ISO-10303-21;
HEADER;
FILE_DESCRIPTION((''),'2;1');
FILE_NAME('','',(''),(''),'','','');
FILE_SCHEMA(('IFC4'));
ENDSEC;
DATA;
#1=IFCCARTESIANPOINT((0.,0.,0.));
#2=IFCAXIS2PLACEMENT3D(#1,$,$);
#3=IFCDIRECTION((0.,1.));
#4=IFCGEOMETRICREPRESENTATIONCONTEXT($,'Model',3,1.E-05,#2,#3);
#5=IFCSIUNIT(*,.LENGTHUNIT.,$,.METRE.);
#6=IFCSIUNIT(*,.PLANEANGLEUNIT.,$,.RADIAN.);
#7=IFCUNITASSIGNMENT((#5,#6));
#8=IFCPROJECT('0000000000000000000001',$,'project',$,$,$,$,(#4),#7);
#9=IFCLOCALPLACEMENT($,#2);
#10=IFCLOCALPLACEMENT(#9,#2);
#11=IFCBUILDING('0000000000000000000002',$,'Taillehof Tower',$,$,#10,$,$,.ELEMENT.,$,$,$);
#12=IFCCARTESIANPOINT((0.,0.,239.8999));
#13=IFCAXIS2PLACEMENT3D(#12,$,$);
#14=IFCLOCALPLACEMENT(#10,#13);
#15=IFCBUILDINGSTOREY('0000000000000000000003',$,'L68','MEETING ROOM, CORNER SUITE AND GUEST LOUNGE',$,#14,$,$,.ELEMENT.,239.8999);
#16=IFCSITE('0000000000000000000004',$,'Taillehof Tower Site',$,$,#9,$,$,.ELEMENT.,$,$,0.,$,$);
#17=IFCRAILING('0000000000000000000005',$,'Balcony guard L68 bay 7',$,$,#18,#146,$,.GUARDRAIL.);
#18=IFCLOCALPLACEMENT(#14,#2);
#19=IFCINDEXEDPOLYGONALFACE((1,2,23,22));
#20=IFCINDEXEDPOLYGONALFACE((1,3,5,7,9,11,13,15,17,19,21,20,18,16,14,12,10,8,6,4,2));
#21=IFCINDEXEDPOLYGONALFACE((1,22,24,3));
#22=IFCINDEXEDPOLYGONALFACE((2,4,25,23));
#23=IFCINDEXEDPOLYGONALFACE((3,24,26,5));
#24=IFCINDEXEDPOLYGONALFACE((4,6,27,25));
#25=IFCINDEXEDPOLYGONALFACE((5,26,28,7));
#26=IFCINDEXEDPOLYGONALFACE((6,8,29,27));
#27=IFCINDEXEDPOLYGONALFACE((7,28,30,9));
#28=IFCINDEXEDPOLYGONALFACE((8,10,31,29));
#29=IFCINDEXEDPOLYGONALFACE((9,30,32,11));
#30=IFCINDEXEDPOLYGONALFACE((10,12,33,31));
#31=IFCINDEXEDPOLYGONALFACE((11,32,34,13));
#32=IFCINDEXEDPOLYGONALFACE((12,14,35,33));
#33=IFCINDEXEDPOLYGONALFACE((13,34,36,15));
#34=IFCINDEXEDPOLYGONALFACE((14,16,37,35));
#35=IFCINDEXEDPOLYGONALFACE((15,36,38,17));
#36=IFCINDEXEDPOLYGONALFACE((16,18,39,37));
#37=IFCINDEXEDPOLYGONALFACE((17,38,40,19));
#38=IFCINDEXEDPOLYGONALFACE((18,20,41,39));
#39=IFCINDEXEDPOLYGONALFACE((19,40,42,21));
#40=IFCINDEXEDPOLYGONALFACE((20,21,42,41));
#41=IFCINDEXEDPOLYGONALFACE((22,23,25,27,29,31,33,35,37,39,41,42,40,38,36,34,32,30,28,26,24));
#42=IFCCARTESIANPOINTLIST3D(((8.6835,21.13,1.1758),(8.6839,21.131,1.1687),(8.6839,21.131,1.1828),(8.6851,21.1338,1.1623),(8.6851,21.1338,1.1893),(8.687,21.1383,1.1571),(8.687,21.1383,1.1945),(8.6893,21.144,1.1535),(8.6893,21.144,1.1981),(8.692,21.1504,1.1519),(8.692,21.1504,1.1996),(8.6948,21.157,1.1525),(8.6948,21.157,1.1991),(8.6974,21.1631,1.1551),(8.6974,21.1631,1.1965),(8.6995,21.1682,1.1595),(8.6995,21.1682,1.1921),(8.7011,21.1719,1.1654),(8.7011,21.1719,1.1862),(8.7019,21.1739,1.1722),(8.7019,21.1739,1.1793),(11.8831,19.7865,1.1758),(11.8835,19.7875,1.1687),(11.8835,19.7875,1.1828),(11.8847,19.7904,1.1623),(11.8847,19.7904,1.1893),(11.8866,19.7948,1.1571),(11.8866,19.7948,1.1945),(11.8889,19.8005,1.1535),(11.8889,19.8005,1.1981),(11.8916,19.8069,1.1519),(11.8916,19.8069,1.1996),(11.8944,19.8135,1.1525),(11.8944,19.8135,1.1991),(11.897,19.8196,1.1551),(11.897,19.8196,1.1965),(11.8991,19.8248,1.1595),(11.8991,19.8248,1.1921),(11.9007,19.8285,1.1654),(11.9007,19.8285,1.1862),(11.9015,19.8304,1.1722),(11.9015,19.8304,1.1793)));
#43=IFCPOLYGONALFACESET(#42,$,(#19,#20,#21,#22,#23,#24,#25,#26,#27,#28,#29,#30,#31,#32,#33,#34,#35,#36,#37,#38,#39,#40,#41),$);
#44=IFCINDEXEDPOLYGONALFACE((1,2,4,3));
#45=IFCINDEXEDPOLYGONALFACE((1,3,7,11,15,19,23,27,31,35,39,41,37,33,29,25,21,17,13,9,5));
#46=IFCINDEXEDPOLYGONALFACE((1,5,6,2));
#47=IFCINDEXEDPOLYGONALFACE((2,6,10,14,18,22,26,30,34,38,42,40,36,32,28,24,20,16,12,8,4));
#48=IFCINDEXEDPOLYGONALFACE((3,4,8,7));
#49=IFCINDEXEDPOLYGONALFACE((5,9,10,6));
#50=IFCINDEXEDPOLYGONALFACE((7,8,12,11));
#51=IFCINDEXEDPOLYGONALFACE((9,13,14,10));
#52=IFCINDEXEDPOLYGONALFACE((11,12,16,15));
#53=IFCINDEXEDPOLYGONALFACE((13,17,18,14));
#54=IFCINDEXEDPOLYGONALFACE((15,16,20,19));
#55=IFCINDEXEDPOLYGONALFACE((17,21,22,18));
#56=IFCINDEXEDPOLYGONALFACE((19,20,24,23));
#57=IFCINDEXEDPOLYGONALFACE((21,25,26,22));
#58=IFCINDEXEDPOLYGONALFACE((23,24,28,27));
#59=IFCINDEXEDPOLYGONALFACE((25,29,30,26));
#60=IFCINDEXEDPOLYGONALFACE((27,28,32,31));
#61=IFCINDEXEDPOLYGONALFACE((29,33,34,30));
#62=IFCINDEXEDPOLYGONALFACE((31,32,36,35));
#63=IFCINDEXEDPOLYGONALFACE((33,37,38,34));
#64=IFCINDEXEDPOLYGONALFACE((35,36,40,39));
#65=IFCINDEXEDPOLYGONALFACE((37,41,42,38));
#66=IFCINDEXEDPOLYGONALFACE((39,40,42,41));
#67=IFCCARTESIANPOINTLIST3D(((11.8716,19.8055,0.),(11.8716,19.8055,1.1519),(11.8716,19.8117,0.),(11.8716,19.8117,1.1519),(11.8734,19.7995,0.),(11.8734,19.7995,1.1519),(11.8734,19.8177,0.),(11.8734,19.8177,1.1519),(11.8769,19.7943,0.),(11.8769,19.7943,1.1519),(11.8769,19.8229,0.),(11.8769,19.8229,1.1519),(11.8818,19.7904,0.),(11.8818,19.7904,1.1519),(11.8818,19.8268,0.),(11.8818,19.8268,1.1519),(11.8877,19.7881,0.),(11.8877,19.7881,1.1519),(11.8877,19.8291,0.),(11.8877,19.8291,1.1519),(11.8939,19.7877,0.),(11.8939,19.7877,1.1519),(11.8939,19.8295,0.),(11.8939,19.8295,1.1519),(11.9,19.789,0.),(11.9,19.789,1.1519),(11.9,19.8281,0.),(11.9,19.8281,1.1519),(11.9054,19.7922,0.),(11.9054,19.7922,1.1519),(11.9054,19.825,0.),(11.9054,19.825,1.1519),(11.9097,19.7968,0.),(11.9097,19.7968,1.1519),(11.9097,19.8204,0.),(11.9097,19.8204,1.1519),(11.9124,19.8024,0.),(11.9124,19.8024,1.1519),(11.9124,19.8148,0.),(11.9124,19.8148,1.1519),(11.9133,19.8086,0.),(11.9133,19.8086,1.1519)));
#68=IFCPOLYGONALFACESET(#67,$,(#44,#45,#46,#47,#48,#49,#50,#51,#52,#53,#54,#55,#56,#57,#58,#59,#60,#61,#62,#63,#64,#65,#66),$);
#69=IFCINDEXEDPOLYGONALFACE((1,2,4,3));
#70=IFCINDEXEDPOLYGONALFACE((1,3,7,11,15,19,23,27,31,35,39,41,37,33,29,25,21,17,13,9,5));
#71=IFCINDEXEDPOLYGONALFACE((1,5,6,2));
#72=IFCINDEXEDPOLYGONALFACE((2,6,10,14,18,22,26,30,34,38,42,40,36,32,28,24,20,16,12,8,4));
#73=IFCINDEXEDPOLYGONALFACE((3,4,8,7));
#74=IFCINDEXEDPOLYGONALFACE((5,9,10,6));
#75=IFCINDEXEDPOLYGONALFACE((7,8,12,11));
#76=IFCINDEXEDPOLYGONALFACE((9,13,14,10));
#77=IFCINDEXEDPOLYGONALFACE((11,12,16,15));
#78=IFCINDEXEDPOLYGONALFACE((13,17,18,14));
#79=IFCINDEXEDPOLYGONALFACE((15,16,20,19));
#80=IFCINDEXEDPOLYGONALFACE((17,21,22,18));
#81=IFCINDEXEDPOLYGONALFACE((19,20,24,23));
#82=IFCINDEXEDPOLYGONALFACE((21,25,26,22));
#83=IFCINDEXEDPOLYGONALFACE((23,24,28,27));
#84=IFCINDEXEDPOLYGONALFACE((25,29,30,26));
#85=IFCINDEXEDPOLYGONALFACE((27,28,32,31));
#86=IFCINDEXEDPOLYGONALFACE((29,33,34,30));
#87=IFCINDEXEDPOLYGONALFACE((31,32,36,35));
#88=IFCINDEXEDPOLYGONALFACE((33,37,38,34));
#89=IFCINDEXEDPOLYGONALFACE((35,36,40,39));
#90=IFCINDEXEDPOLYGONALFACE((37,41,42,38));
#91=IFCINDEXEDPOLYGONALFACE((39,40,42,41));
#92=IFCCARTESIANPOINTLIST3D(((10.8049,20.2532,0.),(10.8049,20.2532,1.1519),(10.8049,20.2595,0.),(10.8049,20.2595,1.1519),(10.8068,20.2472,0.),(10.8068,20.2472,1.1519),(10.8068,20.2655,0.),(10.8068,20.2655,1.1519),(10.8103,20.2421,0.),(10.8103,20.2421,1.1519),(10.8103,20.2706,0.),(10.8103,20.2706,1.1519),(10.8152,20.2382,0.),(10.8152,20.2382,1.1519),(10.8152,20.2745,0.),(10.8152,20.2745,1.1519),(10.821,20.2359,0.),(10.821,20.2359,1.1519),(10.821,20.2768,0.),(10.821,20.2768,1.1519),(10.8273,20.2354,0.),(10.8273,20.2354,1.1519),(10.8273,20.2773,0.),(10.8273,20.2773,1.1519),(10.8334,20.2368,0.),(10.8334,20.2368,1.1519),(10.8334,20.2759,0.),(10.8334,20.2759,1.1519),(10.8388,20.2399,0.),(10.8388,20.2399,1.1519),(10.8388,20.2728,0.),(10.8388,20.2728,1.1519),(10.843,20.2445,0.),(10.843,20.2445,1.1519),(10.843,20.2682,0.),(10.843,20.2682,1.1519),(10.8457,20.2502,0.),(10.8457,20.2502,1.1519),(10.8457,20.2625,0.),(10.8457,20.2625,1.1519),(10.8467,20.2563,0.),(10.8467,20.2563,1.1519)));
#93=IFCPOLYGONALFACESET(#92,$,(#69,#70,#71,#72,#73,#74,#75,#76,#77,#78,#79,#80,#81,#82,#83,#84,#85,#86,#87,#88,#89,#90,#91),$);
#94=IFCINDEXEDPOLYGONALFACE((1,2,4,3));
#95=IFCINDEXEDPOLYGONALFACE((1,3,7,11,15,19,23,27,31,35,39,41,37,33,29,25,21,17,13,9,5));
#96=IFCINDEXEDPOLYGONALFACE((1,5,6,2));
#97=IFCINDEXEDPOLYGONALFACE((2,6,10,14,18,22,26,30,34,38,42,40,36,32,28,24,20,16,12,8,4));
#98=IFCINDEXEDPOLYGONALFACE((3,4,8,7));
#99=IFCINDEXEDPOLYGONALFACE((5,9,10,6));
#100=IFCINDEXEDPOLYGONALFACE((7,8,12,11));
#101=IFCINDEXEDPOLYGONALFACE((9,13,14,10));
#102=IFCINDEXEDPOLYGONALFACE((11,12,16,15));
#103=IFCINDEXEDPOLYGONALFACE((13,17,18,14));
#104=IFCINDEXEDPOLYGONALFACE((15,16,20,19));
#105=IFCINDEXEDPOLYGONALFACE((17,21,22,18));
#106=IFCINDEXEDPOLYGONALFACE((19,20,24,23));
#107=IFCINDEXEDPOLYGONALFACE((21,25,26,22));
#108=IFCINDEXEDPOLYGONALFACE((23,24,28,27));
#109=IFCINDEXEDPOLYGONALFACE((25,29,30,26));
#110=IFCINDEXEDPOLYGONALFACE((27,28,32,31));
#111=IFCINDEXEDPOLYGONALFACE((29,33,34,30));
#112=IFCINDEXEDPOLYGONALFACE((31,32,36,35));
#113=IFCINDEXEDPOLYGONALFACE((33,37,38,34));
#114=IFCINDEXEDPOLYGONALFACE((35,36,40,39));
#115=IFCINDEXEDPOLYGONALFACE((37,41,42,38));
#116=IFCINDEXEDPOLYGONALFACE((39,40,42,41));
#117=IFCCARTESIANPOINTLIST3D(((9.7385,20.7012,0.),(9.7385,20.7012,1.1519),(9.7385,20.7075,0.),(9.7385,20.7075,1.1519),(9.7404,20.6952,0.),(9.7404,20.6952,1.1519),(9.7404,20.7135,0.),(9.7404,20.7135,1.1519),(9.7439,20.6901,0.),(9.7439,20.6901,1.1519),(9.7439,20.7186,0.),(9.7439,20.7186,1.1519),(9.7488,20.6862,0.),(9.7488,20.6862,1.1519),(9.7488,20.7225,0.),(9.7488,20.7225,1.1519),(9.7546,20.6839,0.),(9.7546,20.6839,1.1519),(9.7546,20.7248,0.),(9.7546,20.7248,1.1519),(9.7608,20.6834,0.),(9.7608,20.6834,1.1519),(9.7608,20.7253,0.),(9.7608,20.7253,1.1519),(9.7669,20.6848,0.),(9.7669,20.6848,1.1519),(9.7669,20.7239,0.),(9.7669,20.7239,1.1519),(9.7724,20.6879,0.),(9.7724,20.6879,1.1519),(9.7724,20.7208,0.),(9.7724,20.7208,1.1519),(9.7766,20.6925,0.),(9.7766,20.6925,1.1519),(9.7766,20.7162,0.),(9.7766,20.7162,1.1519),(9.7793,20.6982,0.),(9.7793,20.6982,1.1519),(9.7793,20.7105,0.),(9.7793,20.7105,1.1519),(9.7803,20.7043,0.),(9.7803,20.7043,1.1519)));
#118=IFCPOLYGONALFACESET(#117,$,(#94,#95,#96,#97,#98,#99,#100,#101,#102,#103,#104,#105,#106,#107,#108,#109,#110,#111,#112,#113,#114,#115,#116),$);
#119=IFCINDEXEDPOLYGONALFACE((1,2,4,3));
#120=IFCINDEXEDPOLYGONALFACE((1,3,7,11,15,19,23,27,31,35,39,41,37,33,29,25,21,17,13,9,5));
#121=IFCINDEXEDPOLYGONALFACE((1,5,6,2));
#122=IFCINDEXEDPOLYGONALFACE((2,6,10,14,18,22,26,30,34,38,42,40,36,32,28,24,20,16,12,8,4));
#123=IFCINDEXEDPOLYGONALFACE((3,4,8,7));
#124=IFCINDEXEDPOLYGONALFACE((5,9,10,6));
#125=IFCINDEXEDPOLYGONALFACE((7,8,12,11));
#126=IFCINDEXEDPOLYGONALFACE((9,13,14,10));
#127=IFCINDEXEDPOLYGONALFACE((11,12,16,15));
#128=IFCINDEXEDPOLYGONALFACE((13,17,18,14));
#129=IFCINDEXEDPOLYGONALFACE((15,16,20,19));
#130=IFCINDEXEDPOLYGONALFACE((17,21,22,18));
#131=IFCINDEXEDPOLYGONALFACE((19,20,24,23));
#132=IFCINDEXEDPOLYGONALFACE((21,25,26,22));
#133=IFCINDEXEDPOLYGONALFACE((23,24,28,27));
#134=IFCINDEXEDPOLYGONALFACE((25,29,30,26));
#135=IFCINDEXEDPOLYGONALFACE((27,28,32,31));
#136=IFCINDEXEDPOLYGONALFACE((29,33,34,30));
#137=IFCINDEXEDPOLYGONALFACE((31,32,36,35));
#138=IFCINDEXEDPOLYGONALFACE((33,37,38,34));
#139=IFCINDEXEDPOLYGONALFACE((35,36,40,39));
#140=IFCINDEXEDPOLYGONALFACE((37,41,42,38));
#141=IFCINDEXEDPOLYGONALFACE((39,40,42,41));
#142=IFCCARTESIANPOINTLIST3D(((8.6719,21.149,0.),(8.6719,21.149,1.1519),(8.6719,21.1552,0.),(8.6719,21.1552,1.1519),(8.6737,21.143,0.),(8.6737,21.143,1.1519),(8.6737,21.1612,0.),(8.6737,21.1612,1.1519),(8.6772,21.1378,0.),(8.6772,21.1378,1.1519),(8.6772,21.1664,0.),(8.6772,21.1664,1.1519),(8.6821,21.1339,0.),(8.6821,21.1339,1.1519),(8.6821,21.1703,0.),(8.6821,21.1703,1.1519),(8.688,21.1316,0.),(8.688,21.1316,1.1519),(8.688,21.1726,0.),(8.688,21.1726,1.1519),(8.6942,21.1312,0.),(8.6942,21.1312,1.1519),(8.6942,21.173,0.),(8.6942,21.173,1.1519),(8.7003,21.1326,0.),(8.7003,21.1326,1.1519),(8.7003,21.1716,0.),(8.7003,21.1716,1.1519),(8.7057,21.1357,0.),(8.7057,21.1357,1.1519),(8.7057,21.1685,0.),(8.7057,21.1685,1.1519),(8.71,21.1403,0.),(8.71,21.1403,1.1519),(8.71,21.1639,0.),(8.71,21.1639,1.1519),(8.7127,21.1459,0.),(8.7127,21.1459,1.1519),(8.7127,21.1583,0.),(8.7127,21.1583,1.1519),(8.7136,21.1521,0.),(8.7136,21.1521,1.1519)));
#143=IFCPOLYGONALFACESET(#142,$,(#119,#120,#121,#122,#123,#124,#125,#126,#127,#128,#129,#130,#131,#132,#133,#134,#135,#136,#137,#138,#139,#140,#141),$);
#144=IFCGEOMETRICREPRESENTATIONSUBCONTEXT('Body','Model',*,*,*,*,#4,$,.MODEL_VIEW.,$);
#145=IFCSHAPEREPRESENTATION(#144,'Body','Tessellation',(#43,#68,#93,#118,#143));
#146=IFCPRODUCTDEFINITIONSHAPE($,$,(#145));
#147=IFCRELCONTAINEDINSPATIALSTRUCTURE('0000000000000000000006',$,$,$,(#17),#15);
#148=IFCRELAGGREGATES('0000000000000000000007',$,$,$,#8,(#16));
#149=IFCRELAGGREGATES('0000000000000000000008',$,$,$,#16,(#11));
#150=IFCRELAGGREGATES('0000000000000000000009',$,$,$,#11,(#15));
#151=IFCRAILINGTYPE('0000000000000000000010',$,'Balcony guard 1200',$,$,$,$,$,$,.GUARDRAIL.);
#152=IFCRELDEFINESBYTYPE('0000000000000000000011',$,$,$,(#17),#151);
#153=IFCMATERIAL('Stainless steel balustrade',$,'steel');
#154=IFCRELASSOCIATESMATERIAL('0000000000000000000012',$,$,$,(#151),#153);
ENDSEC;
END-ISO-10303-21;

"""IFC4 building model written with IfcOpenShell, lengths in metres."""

from ifc_helpers import new_model, si_unit, direction, frame, origin, origin_2d, place, context, subcontext, project, spatial, circle, extrude, material, type_object, element, save


model = new_model("IFC4")

# Units and contexts
model_context = context("Model", 3, precision=1e-05, world=origin(), true_north=direction((0.0, 1.0)))
body_context = subcontext(model_context, "Body", "Model", "MODEL_VIEW")
ifc_project = project(units=[si_unit("LENGTHUNIT", "METRE"), si_unit("PLANEANGLEUNIT", "RADIAN")], contexts=[model_context])

# Site, building, storey
site_placement = place(None, origin())
site = spatial("IfcSite", under=ifc_project, at=site_placement, Name="Taillehof Tower Site", CompositionType="ELEMENT", RefElevation=0.0)
building_placement = place(site_placement, origin())
building = spatial("IfcBuilding", under=site, at=building_placement, Name="Taillehof Tower", CompositionType="ELEMENT")
storey_placement = place(building_placement, frame((0.0, 0.0, 239.8999)))
storey = spatial("IfcBuildingStorey", under=building, at=storey_placement, Name="L68", Description="MEETING ROOM, CORNER SUITE AND GUEST LOUNGE", CompositionType="ELEMENT", Elevation=239.8999)

# Railing
ifc_material_1 = material(Name="Stainless steel balustrade", Category="steel")
railing_type = type_object("IfcRailingType", Name="Balcony guard 1200", PredefinedType="GUARDRAIL", material=ifc_material_1)
railing_1_placement = place(storey_placement, frame((11.8923, 19.8086, 0.0)))
element("IfcRailing", 1, at=railing_1_placement, inside=storey, type_object=railing_type, Name="Balcony guard L68 bay 7", PredefinedType="GUARDRAIL", context=body_context, shape_type="SweptSolid", body=[
    extrude(circle(Radius=0.0239, at=origin_2d()), frame((0.0, 0.0, 1.1758), z_axis=(-0.92202, 0.387142, 0.0), x_axis=(-0.387142, -0.92202, 0.0)), (0.0, 0.0, 1.0), 3.4702),
    extrude(circle(Radius=0.021, at=origin_2d()), origin(), (0.0, 0.0, 1.0), 1.1519),
    extrude(circle(Radius=0.021, at=origin_2d()), frame((-1.0667, 0.4478, 0.0)), (0.0, 0.0, 1.0), 1.1519),
    extrude(circle(Radius=0.021, at=origin_2d()), frame((-2.1331, 0.8958, 0.0)), (0.0, 0.0, 1.0), 1.1519),
    extrude(circle(Radius=0.021, at=origin_2d()), frame((-3.1997, 1.3435, 0.0)), (0.0, 0.0, 1.0), 1.1519),
])

save(model, "model.ifc")
